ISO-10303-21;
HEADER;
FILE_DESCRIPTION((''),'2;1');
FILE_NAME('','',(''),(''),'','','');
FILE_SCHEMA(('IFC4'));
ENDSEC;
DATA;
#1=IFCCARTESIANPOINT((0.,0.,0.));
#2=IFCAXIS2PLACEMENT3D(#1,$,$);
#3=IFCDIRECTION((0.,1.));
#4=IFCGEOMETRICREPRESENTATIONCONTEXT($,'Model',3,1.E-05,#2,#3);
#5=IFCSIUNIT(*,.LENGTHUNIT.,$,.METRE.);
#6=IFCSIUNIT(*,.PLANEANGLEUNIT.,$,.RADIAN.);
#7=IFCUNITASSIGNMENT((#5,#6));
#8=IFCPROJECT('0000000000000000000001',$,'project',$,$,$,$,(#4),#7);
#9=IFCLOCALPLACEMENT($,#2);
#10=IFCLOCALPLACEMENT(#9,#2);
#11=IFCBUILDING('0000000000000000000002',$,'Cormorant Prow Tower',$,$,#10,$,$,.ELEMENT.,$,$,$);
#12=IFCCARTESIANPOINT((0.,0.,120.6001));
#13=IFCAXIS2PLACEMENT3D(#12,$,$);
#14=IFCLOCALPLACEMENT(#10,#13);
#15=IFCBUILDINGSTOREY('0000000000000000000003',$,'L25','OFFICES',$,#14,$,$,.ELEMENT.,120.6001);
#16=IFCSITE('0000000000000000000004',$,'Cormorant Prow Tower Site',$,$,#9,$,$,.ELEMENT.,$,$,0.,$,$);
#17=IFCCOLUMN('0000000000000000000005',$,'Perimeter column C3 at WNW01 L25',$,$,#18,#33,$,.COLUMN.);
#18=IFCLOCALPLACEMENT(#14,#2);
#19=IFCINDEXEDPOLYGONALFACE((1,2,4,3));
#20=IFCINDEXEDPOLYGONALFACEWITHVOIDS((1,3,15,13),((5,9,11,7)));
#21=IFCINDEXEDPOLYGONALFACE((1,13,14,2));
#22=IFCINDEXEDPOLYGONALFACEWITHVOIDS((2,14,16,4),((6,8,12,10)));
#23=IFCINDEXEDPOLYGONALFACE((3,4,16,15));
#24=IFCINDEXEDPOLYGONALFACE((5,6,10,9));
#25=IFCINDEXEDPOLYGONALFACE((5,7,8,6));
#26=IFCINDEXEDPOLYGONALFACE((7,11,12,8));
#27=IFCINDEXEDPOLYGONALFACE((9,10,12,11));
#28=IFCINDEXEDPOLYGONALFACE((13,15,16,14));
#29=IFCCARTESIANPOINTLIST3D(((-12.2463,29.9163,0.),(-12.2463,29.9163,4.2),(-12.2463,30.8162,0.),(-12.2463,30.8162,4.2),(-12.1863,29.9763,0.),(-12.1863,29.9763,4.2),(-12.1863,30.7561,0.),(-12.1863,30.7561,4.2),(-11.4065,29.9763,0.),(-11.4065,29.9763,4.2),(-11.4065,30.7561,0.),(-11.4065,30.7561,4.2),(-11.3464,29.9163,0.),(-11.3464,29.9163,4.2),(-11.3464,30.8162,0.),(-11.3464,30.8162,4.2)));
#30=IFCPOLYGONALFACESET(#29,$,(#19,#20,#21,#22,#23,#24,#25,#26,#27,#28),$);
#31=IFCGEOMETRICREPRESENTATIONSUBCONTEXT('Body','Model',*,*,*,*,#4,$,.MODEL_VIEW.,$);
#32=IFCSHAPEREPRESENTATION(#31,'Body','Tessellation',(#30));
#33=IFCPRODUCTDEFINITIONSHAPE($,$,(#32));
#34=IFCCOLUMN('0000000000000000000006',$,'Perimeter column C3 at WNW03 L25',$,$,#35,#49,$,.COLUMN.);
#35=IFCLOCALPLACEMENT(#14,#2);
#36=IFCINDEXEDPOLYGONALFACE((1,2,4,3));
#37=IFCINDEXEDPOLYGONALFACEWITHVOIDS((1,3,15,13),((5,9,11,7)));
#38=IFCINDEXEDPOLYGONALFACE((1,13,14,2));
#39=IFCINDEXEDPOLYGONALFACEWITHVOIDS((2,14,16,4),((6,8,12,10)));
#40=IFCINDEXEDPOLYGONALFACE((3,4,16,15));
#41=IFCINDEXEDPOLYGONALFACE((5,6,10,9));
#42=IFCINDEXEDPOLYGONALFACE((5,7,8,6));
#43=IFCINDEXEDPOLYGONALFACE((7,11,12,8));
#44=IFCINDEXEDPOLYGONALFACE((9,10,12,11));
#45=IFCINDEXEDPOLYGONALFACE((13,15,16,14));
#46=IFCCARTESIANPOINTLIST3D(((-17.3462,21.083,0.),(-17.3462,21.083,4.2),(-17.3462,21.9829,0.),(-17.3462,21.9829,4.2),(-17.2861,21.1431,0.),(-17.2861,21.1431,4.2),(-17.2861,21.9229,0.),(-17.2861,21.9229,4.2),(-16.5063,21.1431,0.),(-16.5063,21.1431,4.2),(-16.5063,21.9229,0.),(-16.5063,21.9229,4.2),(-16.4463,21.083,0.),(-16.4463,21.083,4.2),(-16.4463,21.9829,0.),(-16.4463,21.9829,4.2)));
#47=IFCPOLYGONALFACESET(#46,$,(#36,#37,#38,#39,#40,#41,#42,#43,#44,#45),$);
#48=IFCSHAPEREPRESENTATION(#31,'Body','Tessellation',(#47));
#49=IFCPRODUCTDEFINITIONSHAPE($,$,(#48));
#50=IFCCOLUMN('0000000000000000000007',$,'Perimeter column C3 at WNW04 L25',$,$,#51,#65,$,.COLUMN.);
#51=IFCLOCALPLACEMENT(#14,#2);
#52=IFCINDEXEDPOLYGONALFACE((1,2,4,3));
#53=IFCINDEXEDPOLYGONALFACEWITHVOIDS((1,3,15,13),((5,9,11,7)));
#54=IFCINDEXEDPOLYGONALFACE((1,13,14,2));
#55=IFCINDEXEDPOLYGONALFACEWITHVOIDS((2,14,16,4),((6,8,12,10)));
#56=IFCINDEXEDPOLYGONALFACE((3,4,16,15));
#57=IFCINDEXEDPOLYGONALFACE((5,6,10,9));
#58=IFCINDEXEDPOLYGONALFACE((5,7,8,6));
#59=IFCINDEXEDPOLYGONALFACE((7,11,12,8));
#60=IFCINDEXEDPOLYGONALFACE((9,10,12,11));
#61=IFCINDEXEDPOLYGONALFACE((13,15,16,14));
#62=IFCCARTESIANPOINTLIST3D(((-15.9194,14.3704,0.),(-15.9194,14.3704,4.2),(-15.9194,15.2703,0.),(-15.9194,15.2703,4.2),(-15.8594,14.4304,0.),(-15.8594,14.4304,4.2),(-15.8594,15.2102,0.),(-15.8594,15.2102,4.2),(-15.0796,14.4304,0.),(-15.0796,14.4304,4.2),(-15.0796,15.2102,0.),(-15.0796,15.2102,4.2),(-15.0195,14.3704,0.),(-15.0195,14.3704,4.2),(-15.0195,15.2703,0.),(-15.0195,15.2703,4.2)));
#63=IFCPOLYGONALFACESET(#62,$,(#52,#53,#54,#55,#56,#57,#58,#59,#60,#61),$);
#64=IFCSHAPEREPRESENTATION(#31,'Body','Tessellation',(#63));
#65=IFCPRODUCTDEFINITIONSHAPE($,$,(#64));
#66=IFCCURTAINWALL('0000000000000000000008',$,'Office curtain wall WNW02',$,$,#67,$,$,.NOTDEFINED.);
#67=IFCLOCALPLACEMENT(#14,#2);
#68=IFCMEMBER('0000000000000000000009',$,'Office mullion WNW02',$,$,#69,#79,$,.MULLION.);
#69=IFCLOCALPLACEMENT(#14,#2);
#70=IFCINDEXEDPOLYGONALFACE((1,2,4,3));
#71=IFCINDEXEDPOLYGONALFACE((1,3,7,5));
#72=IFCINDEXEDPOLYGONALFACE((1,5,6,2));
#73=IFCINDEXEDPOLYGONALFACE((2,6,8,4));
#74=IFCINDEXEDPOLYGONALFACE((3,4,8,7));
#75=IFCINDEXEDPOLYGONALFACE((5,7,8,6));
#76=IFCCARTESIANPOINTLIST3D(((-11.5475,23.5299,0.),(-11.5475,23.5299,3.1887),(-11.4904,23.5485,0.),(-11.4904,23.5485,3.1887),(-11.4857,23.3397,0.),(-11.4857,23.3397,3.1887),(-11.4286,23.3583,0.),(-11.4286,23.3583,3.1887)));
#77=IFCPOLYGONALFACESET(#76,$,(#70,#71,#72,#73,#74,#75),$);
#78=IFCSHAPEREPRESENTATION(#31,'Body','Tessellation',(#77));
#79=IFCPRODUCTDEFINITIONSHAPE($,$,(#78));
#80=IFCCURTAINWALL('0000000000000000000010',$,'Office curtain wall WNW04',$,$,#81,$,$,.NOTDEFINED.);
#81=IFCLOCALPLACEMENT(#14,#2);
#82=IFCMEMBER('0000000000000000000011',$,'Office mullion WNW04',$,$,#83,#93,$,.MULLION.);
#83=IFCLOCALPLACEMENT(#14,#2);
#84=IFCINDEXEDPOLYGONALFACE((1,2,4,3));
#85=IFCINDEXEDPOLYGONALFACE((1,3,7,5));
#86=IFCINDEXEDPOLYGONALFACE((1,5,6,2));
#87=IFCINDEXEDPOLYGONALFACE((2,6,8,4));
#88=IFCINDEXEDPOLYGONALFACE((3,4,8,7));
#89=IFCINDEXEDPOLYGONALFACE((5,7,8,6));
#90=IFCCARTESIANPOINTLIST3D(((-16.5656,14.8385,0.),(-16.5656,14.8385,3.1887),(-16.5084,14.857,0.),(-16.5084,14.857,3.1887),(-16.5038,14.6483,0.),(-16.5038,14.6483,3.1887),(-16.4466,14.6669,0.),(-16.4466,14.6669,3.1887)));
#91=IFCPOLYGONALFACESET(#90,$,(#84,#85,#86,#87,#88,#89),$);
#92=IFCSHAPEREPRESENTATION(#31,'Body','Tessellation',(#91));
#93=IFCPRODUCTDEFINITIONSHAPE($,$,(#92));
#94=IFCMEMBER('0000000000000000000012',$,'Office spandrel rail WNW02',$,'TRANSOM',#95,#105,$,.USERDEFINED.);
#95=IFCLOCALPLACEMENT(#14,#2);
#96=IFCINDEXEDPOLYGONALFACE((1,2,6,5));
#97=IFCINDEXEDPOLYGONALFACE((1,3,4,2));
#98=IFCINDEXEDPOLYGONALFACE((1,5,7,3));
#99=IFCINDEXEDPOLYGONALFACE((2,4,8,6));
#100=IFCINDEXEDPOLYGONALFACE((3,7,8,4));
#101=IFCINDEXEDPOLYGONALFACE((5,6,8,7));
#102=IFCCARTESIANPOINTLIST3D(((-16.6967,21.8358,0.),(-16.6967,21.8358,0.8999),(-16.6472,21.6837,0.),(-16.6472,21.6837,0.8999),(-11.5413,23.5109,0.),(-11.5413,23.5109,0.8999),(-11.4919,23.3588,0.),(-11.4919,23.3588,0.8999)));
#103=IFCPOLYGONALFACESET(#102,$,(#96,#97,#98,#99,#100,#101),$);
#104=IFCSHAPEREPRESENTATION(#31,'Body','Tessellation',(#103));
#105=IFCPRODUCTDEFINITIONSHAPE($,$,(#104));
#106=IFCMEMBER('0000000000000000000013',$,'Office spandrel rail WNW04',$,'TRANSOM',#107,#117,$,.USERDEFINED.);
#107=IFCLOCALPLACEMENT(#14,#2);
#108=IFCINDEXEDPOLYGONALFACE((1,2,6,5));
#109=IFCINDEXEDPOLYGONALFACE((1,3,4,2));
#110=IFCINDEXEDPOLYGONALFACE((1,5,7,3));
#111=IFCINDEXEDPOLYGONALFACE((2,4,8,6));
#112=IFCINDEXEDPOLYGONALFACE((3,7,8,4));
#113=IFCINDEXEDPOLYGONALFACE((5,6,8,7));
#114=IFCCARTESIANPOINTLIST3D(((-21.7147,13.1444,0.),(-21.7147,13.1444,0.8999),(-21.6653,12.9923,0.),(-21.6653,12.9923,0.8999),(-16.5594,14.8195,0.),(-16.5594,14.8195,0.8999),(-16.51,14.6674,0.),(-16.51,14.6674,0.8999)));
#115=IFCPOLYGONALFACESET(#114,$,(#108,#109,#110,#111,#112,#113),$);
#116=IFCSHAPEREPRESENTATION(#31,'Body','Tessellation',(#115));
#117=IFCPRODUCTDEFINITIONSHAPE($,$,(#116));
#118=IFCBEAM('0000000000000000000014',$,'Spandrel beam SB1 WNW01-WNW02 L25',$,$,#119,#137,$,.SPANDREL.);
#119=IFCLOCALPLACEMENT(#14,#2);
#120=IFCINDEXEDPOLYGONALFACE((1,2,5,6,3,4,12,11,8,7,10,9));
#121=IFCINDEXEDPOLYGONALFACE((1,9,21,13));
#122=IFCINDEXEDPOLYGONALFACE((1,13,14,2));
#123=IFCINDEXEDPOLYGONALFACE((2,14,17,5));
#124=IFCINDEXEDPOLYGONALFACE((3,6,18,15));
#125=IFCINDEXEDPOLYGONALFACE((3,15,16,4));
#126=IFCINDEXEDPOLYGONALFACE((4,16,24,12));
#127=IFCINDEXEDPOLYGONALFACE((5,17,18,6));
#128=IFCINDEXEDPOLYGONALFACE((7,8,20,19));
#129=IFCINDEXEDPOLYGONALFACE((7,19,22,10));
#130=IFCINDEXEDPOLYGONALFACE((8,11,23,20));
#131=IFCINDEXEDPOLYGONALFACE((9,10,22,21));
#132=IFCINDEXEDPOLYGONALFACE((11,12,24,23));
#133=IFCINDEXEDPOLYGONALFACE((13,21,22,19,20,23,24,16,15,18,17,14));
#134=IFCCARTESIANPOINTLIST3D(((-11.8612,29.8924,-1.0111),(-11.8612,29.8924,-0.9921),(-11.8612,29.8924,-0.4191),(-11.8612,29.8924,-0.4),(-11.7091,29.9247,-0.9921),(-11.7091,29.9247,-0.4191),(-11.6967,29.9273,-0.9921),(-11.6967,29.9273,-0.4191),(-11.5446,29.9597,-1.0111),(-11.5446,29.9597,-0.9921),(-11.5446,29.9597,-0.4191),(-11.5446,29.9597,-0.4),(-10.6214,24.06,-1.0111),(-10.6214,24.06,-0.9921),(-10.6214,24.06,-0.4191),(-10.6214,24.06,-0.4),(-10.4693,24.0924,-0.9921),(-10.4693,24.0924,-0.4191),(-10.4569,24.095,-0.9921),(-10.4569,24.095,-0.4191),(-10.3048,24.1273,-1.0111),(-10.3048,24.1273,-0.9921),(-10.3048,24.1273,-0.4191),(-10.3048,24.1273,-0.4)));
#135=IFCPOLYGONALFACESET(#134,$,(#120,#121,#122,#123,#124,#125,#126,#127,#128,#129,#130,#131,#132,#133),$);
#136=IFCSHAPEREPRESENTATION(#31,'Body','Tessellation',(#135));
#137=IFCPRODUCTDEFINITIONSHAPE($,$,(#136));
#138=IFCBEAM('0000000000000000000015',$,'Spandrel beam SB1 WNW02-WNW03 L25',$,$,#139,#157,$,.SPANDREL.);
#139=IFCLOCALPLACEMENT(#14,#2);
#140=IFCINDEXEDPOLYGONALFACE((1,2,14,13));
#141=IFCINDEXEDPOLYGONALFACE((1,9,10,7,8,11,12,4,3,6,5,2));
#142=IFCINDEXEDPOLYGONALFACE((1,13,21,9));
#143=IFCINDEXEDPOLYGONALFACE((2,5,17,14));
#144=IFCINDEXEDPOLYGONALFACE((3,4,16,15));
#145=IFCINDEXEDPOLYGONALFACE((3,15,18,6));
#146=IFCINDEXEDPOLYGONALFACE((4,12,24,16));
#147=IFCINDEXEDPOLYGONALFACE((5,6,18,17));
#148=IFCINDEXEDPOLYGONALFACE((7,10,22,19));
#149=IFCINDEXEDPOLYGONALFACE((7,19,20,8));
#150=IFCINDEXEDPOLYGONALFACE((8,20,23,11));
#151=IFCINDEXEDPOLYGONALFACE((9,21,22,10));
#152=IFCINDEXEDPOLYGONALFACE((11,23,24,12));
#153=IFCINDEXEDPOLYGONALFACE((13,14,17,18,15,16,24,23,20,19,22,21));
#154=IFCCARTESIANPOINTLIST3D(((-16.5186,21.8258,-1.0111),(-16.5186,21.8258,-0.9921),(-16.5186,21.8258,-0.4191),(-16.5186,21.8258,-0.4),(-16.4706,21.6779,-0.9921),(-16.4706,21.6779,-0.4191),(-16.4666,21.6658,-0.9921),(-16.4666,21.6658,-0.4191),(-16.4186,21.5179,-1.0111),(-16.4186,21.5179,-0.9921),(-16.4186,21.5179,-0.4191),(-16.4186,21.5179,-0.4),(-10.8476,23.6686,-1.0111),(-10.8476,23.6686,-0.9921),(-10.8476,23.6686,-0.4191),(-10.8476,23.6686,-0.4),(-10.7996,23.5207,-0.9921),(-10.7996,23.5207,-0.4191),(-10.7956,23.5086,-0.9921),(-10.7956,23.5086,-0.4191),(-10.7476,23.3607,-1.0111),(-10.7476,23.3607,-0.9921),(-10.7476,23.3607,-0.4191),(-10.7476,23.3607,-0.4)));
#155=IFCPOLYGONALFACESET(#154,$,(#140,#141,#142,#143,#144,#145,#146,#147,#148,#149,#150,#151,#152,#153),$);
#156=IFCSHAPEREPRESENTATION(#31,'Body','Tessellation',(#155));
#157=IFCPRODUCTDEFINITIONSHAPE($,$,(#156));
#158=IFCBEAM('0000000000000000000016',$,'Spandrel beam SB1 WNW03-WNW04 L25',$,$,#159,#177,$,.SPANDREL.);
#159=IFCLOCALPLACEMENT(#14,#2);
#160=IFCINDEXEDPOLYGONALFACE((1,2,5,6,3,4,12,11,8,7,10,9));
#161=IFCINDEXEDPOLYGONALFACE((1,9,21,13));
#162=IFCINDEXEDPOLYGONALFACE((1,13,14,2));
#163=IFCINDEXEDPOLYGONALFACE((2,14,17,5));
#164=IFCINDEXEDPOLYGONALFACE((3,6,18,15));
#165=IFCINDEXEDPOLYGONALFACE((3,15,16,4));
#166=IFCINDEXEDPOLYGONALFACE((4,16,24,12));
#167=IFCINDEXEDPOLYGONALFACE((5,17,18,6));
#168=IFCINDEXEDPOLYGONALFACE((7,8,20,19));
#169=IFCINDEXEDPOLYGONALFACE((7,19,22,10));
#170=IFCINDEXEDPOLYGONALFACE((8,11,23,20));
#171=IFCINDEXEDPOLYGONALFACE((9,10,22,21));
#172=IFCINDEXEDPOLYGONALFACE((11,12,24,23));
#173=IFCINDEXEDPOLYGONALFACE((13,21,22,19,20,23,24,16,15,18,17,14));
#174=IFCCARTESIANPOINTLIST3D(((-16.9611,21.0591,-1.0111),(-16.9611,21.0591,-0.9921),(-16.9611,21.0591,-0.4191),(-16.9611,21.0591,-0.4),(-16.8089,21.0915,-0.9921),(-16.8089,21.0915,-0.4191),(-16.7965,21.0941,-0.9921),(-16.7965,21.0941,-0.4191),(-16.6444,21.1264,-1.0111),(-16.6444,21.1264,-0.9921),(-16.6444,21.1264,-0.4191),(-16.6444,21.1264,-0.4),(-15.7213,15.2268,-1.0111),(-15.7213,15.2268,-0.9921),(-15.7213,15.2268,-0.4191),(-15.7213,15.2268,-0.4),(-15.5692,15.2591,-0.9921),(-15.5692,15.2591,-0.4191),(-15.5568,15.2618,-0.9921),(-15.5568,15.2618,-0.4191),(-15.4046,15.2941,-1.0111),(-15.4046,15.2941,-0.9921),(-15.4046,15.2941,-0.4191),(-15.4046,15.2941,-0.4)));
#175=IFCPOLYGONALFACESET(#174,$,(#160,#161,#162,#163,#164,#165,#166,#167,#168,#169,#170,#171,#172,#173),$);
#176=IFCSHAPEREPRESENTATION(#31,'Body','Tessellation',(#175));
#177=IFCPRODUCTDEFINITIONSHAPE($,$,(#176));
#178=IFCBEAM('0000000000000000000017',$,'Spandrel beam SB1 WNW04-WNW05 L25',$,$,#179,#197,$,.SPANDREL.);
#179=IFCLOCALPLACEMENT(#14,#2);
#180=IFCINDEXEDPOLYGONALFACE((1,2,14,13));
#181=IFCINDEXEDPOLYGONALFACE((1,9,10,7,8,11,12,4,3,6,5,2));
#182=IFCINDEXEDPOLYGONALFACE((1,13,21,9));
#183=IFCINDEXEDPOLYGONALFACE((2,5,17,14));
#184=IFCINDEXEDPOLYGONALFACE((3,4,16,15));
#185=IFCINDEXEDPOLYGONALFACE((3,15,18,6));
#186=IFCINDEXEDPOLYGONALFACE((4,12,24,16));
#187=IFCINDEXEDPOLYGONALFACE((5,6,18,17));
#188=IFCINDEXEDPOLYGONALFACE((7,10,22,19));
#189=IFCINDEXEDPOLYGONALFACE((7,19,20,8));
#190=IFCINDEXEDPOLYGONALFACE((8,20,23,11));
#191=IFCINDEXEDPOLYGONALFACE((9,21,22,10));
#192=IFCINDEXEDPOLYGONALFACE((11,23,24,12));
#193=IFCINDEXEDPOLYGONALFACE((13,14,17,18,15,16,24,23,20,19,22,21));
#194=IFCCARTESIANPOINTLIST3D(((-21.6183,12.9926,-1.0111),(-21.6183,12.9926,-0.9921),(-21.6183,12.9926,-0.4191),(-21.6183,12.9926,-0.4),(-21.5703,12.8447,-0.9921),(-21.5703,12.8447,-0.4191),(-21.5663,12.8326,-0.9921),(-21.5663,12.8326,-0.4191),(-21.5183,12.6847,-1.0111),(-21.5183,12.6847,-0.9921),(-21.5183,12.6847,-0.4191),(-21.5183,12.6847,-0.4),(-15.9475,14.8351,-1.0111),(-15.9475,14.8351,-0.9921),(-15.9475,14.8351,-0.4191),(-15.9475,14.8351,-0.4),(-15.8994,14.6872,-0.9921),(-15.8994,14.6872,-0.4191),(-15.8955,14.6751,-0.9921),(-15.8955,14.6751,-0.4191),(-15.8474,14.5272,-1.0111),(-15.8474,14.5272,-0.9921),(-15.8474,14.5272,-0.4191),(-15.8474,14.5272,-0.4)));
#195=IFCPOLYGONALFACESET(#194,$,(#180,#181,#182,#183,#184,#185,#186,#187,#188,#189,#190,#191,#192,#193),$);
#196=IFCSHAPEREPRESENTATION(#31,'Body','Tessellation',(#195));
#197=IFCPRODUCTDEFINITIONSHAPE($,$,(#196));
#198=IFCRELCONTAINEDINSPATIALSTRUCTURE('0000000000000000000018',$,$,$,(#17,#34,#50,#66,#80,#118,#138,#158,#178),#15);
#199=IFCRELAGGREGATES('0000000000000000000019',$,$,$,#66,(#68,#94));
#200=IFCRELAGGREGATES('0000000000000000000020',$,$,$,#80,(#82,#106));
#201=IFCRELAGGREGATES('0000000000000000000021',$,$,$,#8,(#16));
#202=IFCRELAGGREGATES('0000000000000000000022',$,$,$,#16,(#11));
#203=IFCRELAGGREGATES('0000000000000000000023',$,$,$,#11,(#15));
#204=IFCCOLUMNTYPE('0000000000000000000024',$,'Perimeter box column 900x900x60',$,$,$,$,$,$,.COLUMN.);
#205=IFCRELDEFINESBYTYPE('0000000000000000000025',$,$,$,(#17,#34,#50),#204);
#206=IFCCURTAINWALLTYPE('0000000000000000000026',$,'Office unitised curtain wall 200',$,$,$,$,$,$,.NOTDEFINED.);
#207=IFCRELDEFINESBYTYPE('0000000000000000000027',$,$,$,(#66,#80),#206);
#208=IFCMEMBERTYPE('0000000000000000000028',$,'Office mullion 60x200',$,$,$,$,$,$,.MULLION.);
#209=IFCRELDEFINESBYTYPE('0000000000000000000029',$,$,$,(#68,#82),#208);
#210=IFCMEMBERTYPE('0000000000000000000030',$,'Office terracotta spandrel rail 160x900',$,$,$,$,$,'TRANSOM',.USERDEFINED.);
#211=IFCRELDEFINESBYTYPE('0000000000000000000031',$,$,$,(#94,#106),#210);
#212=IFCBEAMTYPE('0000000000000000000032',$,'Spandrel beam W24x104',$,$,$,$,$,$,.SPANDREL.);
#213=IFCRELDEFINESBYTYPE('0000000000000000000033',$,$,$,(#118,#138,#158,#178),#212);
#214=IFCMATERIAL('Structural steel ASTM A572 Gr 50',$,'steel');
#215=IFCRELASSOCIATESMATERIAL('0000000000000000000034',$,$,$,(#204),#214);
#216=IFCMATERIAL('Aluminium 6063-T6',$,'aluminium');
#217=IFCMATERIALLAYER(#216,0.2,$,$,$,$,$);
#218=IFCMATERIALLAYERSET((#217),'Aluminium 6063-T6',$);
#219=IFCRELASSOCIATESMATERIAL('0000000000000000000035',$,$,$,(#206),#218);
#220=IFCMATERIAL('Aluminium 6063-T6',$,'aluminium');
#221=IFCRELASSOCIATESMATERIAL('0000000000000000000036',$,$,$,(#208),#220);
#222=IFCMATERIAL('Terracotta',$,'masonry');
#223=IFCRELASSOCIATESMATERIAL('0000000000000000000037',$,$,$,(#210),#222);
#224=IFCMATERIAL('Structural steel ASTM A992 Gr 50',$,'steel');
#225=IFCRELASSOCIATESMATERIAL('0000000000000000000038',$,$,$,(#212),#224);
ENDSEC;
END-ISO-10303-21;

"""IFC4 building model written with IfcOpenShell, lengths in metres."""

from ifc_helpers import new_model, si_unit, direction, frame, origin, origin_2d, place, context, subcontext, project, spatial, rectangle, hollow_rectangle, i_section, extrude, material, layer, layer_set, material_profile, profile_set, type_object, element, aggregate, save


model = new_model("IFC4")

# Units and contexts
model_context = context("Model", 3, precision=1e-05, world=origin(), true_north=direction((0.0, 1.0)))
body_context = subcontext(model_context, "Body", "Model", "MODEL_VIEW")
ifc_project = project(units=[si_unit("LENGTHUNIT", "METRE"), si_unit("PLANEANGLEUNIT", "RADIAN")], contexts=[model_context])

# Site, building, storey
site_placement = place(None, origin())
site = spatial("IfcSite", under=ifc_project, at=site_placement, Name="Cormorant Prow Tower Site", CompositionType="ELEMENT", RefElevation=0.0)
building_placement = place(site_placement, origin())
building = spatial("IfcBuilding", under=site, at=building_placement, Name="Cormorant Prow Tower", CompositionType="ELEMENT")
storey_placement = place(building_placement, frame((0.0, 0.0, 120.6001)))
storey = spatial("IfcBuildingStorey", under=building, at=storey_placement, Name="L25", Description="OFFICES", CompositionType="ELEMENT", Elevation=120.6001)

# Columns
ifc_material_1 = material(Name="Structural steel ASTM A572 Gr 50", Category="steel")
ifc_material_profile_1 = material_profile(ifc_material_1, hollow_rectangle(XDim=0.8999, YDim=0.8999, WallThickness=0.0601, at=origin_2d()), Name="Box 900x900x60")
ifc_profile_set_1 = profile_set([ifc_material_profile_1], Name="Structural steel ASTM A572 Gr 50")
column_type = type_object("IfcColumnType", Name="Perimeter box column 900x900x60", PredefinedType="COLUMN", material=ifc_profile_set_1)
for number, where, z_axis, x_axis, name in (
    (1, (-11.7964, 30.3662, 0.0), (0.0, 0.0, 1.0), (1.0, 0.0, 0.0), "Perimeter column C3 at WNW01 L25"),
    (2, (-16.8962, 21.533, 0.0), (0.0, 0.0, 1.0), (1.0, 0.0, 0.0), "Perimeter column C3 at WNW03 L25"),
    (3, (-15.4695, 14.8203, 0.0), (0.0, 0.0, 1.0), (1.0, 0.0, 0.0), "Perimeter column C3 at WNW04 L25"),
):
    element("IfcColumn", number, at=place(storey_placement, frame(where, z_axis=z_axis, x_axis=x_axis)), inside=storey, type_object=column_type, Name=name, PredefinedType="COLUMN", context=body_context, shape_type="SweptSolid", body=[
        extrude(hollow_rectangle(XDim=0.8999, YDim=0.8999, WallThickness=0.0601, at=origin_2d()), origin(), (0.0, 0.0, 1.0), 4.2),
    ])

# Curtain walls, members
ifc_material_2 = material(Name="Aluminium 6063-T6", Category="aluminium")
ifc_layer_1 = layer(ifc_material_2, 0.2)
ifc_layer_set_1 = layer_set([ifc_layer_1], Name="Aluminium 6063-T6")
curtain_wall_type = type_object("IfcCurtainWallType", Name="Office unitised curtain wall 200", PredefinedType="NOTDEFINED", material=ifc_layer_set_1)
curtain_wall_1_placement = place(storey_placement, origin())
curtain_wall_1 = element("IfcCurtainWall", 4, at=curtain_wall_1_placement, inside=storey, type_object=curtain_wall_type, Name="Office curtain wall WNW02", PredefinedType="NOTDEFINED")
ifc_material_3 = material(Name="Aluminium 6063-T6", Category="aluminium")
ifc_material_profile_2 = material_profile(ifc_material_3, rectangle(XDim=0.2, YDim=0.0601, at=origin_2d()), Name="Office mullion 60x200")
ifc_profile_set_2 = profile_set([ifc_material_profile_2], Name="Aluminium 6063-T6")
member_type_1 = type_object("IfcMemberType", Name="Office mullion 60x200", PredefinedType="MULLION", material=ifc_profile_set_2)
member_1_placement = place(storey_placement, frame((-11.488, 23.4441, 0.0), z_axis=(0.0, 0.0, 1.0), x_axis=(0.309017, -0.951057, 0.0)))
member_1 = element("IfcMember", 5, at=member_1_placement, type_object=member_type_1, Name="Office mullion WNW02", PredefinedType="MULLION", context=body_context, shape_type="SweptSolid", body=[
    extrude(rectangle(XDim=0.2, YDim=0.0601, at=origin_2d()), origin(), (0.0, 0.0, 1.0), 3.1887),
])
curtain_wall_2_placement = place(storey_placement, origin())
curtain_wall_2 = element("IfcCurtainWall", 6, at=curtain_wall_2_placement, inside=storey, type_object=curtain_wall_type, Name="Office curtain wall WNW04", PredefinedType="NOTDEFINED")
member_2_placement = place(storey_placement, frame((-16.5061, 14.7527, 0.0), z_axis=(0.0, 0.0, 1.0), x_axis=(0.309017, -0.951057, 0.0)))
member_2 = element("IfcMember", 7, at=member_2_placement, type_object=member_type_1, Name="Office mullion WNW04", PredefinedType="MULLION", context=body_context, shape_type="SweptSolid", body=[
    extrude(rectangle(XDim=0.2, YDim=0.0601, at=origin_2d()), origin(), (0.0, 0.0, 1.0), 3.1887),
])

# Members
ifc_material_4 = material(Name="Terracotta", Category="masonry")
ifc_material_profile_3 = material_profile(ifc_material_4, rectangle(XDim=0.1599, YDim=0.8999, at=origin_2d()), Name="Office terracotta spandrel rail 160x900")
ifc_profile_set_3 = profile_set([ifc_material_profile_3], Name="Terracotta")
member_type_2 = type_object("IfcMemberType", Name="Office terracotta spandrel rail 160x900", ElementType="TRANSOM", PredefinedType="USERDEFINED", material=ifc_profile_set_3)
member_3_placement = place(storey_placement, frame((-11.5166, 23.4348, 0.45), z_axis=(-0.951057, -0.309017, 0.0), x_axis=(0.309017, -0.951057, 0.0)))
member_3 = element("IfcMember", 8, at=member_3_placement, type_object=member_type_2, Name="Office spandrel rail WNW02", ObjectType="TRANSOM", PredefinedType="USERDEFINED", context=body_context, shape_type="SweptSolid", body=[
    extrude(rectangle(XDim=0.1599, YDim=0.8999, at=origin_2d()), origin(), (0.0, 0.0, 1.0), 5.4207),
])
member_4_placement = place(storey_placement, frame((-16.5347, 14.7434, 0.45), z_axis=(-0.951057, -0.309017, 0.0), x_axis=(0.309017, -0.951057, 0.0)))
member_4 = element("IfcMember", 9, at=member_4_placement, type_object=member_type_2, Name="Office spandrel rail WNW04", ObjectType="TRANSOM", PredefinedType="USERDEFINED", context=body_context, shape_type="SweptSolid", body=[
    extrude(rectangle(XDim=0.1599, YDim=0.8999, at=origin_2d()), origin(), (0.0, 0.0, 1.0), 5.4207),
])

# Beams
ifc_material_5 = material(Name="Structural steel ASTM A992 Gr 50", Category="steel")
ifc_material_profile_4 = material_profile(ifc_material_5, i_section(OverallWidth=0.3237, OverallDepth=0.6111, WebThickness=0.0127, FlangeThickness=0.019, at=origin_2d()), Name="W24x104")
ifc_profile_set_4 = profile_set([ifc_material_profile_4], Name="Structural steel ASTM A992 Gr 50")
beam_type = type_object("IfcBeamType", Name="Spandrel beam W24x104", PredefinedType="SPANDREL", material=ifc_profile_set_4)
beam_1_placement = place(storey_placement, frame((-11.7029, 29.926, -0.7056), z_axis=(0.207921, -0.978146, 0.0), x_axis=(0.978146, 0.207921, 0.0)))
element("IfcBeam", 10, at=beam_1_placement, inside=storey, type_object=beam_type, Name="Spandrel beam SB1 WNW01-WNW02 L25", PredefinedType="SPANDREL", context=body_context, shape_type="SweptSolid", body=[
    extrude(i_section(OverallWidth=0.3237, OverallDepth=0.6111, WebThickness=0.0127, FlangeThickness=0.019, at=origin_2d()), origin(), (0.0, 0.0, 1.0), 5.9626),
])
beam_2_placement = place(storey_placement, frame((-10.7976, 23.5146, -0.7056), z_axis=(-0.951047, -0.309045, 0.0), x_axis=(0.309045, -0.951047, 0.0)))
element("IfcBeam", 11, at=beam_2_placement, inside=storey, type_object=beam_type, Name="Spandrel beam SB1 WNW02-WNW03 L25", PredefinedType="SPANDREL", context=body_context, shape_type="SweptSolid", body=[
    extrude(i_section(OverallWidth=0.3237, OverallDepth=0.6111, WebThickness=0.0127, FlangeThickness=0.019, at=origin_2d()), origin(), (0.0, 0.0, 1.0), 5.9629),
])
for number, where, z_axis, x_axis, name in (
    (12, (-16.8027, 21.0928, -0.7056), (0.207921, -0.978146, 0.0), (0.978146, 0.207921, 0.0), "Spandrel beam SB1 WNW03-WNW04 L25"),
    (13, (-15.8975, 14.6812, -0.7056), (-0.951059, -0.309008, 0.0), (0.309008, -0.951059, 0.0), "Spandrel beam SB1 WNW04-WNW05 L25"),
):
    element("IfcBeam", number, at=place(storey_placement, frame(where, z_axis=z_axis, x_axis=x_axis)), inside=storey, type_object=beam_type, Name=name, PredefinedType="SPANDREL", context=body_context, shape_type="SweptSolid", body=[
        extrude(i_section(OverallWidth=0.3237, OverallDepth=0.6111, WebThickness=0.0127, FlangeThickness=0.019, at=origin_2d()), origin(), (0.0, 0.0, 1.0), 5.9626),
    ])

aggregate(curtain_wall_1, [member_1, member_3])
aggregate(curtain_wall_2, [member_2, member_4])

save(model, "model.ifc")
